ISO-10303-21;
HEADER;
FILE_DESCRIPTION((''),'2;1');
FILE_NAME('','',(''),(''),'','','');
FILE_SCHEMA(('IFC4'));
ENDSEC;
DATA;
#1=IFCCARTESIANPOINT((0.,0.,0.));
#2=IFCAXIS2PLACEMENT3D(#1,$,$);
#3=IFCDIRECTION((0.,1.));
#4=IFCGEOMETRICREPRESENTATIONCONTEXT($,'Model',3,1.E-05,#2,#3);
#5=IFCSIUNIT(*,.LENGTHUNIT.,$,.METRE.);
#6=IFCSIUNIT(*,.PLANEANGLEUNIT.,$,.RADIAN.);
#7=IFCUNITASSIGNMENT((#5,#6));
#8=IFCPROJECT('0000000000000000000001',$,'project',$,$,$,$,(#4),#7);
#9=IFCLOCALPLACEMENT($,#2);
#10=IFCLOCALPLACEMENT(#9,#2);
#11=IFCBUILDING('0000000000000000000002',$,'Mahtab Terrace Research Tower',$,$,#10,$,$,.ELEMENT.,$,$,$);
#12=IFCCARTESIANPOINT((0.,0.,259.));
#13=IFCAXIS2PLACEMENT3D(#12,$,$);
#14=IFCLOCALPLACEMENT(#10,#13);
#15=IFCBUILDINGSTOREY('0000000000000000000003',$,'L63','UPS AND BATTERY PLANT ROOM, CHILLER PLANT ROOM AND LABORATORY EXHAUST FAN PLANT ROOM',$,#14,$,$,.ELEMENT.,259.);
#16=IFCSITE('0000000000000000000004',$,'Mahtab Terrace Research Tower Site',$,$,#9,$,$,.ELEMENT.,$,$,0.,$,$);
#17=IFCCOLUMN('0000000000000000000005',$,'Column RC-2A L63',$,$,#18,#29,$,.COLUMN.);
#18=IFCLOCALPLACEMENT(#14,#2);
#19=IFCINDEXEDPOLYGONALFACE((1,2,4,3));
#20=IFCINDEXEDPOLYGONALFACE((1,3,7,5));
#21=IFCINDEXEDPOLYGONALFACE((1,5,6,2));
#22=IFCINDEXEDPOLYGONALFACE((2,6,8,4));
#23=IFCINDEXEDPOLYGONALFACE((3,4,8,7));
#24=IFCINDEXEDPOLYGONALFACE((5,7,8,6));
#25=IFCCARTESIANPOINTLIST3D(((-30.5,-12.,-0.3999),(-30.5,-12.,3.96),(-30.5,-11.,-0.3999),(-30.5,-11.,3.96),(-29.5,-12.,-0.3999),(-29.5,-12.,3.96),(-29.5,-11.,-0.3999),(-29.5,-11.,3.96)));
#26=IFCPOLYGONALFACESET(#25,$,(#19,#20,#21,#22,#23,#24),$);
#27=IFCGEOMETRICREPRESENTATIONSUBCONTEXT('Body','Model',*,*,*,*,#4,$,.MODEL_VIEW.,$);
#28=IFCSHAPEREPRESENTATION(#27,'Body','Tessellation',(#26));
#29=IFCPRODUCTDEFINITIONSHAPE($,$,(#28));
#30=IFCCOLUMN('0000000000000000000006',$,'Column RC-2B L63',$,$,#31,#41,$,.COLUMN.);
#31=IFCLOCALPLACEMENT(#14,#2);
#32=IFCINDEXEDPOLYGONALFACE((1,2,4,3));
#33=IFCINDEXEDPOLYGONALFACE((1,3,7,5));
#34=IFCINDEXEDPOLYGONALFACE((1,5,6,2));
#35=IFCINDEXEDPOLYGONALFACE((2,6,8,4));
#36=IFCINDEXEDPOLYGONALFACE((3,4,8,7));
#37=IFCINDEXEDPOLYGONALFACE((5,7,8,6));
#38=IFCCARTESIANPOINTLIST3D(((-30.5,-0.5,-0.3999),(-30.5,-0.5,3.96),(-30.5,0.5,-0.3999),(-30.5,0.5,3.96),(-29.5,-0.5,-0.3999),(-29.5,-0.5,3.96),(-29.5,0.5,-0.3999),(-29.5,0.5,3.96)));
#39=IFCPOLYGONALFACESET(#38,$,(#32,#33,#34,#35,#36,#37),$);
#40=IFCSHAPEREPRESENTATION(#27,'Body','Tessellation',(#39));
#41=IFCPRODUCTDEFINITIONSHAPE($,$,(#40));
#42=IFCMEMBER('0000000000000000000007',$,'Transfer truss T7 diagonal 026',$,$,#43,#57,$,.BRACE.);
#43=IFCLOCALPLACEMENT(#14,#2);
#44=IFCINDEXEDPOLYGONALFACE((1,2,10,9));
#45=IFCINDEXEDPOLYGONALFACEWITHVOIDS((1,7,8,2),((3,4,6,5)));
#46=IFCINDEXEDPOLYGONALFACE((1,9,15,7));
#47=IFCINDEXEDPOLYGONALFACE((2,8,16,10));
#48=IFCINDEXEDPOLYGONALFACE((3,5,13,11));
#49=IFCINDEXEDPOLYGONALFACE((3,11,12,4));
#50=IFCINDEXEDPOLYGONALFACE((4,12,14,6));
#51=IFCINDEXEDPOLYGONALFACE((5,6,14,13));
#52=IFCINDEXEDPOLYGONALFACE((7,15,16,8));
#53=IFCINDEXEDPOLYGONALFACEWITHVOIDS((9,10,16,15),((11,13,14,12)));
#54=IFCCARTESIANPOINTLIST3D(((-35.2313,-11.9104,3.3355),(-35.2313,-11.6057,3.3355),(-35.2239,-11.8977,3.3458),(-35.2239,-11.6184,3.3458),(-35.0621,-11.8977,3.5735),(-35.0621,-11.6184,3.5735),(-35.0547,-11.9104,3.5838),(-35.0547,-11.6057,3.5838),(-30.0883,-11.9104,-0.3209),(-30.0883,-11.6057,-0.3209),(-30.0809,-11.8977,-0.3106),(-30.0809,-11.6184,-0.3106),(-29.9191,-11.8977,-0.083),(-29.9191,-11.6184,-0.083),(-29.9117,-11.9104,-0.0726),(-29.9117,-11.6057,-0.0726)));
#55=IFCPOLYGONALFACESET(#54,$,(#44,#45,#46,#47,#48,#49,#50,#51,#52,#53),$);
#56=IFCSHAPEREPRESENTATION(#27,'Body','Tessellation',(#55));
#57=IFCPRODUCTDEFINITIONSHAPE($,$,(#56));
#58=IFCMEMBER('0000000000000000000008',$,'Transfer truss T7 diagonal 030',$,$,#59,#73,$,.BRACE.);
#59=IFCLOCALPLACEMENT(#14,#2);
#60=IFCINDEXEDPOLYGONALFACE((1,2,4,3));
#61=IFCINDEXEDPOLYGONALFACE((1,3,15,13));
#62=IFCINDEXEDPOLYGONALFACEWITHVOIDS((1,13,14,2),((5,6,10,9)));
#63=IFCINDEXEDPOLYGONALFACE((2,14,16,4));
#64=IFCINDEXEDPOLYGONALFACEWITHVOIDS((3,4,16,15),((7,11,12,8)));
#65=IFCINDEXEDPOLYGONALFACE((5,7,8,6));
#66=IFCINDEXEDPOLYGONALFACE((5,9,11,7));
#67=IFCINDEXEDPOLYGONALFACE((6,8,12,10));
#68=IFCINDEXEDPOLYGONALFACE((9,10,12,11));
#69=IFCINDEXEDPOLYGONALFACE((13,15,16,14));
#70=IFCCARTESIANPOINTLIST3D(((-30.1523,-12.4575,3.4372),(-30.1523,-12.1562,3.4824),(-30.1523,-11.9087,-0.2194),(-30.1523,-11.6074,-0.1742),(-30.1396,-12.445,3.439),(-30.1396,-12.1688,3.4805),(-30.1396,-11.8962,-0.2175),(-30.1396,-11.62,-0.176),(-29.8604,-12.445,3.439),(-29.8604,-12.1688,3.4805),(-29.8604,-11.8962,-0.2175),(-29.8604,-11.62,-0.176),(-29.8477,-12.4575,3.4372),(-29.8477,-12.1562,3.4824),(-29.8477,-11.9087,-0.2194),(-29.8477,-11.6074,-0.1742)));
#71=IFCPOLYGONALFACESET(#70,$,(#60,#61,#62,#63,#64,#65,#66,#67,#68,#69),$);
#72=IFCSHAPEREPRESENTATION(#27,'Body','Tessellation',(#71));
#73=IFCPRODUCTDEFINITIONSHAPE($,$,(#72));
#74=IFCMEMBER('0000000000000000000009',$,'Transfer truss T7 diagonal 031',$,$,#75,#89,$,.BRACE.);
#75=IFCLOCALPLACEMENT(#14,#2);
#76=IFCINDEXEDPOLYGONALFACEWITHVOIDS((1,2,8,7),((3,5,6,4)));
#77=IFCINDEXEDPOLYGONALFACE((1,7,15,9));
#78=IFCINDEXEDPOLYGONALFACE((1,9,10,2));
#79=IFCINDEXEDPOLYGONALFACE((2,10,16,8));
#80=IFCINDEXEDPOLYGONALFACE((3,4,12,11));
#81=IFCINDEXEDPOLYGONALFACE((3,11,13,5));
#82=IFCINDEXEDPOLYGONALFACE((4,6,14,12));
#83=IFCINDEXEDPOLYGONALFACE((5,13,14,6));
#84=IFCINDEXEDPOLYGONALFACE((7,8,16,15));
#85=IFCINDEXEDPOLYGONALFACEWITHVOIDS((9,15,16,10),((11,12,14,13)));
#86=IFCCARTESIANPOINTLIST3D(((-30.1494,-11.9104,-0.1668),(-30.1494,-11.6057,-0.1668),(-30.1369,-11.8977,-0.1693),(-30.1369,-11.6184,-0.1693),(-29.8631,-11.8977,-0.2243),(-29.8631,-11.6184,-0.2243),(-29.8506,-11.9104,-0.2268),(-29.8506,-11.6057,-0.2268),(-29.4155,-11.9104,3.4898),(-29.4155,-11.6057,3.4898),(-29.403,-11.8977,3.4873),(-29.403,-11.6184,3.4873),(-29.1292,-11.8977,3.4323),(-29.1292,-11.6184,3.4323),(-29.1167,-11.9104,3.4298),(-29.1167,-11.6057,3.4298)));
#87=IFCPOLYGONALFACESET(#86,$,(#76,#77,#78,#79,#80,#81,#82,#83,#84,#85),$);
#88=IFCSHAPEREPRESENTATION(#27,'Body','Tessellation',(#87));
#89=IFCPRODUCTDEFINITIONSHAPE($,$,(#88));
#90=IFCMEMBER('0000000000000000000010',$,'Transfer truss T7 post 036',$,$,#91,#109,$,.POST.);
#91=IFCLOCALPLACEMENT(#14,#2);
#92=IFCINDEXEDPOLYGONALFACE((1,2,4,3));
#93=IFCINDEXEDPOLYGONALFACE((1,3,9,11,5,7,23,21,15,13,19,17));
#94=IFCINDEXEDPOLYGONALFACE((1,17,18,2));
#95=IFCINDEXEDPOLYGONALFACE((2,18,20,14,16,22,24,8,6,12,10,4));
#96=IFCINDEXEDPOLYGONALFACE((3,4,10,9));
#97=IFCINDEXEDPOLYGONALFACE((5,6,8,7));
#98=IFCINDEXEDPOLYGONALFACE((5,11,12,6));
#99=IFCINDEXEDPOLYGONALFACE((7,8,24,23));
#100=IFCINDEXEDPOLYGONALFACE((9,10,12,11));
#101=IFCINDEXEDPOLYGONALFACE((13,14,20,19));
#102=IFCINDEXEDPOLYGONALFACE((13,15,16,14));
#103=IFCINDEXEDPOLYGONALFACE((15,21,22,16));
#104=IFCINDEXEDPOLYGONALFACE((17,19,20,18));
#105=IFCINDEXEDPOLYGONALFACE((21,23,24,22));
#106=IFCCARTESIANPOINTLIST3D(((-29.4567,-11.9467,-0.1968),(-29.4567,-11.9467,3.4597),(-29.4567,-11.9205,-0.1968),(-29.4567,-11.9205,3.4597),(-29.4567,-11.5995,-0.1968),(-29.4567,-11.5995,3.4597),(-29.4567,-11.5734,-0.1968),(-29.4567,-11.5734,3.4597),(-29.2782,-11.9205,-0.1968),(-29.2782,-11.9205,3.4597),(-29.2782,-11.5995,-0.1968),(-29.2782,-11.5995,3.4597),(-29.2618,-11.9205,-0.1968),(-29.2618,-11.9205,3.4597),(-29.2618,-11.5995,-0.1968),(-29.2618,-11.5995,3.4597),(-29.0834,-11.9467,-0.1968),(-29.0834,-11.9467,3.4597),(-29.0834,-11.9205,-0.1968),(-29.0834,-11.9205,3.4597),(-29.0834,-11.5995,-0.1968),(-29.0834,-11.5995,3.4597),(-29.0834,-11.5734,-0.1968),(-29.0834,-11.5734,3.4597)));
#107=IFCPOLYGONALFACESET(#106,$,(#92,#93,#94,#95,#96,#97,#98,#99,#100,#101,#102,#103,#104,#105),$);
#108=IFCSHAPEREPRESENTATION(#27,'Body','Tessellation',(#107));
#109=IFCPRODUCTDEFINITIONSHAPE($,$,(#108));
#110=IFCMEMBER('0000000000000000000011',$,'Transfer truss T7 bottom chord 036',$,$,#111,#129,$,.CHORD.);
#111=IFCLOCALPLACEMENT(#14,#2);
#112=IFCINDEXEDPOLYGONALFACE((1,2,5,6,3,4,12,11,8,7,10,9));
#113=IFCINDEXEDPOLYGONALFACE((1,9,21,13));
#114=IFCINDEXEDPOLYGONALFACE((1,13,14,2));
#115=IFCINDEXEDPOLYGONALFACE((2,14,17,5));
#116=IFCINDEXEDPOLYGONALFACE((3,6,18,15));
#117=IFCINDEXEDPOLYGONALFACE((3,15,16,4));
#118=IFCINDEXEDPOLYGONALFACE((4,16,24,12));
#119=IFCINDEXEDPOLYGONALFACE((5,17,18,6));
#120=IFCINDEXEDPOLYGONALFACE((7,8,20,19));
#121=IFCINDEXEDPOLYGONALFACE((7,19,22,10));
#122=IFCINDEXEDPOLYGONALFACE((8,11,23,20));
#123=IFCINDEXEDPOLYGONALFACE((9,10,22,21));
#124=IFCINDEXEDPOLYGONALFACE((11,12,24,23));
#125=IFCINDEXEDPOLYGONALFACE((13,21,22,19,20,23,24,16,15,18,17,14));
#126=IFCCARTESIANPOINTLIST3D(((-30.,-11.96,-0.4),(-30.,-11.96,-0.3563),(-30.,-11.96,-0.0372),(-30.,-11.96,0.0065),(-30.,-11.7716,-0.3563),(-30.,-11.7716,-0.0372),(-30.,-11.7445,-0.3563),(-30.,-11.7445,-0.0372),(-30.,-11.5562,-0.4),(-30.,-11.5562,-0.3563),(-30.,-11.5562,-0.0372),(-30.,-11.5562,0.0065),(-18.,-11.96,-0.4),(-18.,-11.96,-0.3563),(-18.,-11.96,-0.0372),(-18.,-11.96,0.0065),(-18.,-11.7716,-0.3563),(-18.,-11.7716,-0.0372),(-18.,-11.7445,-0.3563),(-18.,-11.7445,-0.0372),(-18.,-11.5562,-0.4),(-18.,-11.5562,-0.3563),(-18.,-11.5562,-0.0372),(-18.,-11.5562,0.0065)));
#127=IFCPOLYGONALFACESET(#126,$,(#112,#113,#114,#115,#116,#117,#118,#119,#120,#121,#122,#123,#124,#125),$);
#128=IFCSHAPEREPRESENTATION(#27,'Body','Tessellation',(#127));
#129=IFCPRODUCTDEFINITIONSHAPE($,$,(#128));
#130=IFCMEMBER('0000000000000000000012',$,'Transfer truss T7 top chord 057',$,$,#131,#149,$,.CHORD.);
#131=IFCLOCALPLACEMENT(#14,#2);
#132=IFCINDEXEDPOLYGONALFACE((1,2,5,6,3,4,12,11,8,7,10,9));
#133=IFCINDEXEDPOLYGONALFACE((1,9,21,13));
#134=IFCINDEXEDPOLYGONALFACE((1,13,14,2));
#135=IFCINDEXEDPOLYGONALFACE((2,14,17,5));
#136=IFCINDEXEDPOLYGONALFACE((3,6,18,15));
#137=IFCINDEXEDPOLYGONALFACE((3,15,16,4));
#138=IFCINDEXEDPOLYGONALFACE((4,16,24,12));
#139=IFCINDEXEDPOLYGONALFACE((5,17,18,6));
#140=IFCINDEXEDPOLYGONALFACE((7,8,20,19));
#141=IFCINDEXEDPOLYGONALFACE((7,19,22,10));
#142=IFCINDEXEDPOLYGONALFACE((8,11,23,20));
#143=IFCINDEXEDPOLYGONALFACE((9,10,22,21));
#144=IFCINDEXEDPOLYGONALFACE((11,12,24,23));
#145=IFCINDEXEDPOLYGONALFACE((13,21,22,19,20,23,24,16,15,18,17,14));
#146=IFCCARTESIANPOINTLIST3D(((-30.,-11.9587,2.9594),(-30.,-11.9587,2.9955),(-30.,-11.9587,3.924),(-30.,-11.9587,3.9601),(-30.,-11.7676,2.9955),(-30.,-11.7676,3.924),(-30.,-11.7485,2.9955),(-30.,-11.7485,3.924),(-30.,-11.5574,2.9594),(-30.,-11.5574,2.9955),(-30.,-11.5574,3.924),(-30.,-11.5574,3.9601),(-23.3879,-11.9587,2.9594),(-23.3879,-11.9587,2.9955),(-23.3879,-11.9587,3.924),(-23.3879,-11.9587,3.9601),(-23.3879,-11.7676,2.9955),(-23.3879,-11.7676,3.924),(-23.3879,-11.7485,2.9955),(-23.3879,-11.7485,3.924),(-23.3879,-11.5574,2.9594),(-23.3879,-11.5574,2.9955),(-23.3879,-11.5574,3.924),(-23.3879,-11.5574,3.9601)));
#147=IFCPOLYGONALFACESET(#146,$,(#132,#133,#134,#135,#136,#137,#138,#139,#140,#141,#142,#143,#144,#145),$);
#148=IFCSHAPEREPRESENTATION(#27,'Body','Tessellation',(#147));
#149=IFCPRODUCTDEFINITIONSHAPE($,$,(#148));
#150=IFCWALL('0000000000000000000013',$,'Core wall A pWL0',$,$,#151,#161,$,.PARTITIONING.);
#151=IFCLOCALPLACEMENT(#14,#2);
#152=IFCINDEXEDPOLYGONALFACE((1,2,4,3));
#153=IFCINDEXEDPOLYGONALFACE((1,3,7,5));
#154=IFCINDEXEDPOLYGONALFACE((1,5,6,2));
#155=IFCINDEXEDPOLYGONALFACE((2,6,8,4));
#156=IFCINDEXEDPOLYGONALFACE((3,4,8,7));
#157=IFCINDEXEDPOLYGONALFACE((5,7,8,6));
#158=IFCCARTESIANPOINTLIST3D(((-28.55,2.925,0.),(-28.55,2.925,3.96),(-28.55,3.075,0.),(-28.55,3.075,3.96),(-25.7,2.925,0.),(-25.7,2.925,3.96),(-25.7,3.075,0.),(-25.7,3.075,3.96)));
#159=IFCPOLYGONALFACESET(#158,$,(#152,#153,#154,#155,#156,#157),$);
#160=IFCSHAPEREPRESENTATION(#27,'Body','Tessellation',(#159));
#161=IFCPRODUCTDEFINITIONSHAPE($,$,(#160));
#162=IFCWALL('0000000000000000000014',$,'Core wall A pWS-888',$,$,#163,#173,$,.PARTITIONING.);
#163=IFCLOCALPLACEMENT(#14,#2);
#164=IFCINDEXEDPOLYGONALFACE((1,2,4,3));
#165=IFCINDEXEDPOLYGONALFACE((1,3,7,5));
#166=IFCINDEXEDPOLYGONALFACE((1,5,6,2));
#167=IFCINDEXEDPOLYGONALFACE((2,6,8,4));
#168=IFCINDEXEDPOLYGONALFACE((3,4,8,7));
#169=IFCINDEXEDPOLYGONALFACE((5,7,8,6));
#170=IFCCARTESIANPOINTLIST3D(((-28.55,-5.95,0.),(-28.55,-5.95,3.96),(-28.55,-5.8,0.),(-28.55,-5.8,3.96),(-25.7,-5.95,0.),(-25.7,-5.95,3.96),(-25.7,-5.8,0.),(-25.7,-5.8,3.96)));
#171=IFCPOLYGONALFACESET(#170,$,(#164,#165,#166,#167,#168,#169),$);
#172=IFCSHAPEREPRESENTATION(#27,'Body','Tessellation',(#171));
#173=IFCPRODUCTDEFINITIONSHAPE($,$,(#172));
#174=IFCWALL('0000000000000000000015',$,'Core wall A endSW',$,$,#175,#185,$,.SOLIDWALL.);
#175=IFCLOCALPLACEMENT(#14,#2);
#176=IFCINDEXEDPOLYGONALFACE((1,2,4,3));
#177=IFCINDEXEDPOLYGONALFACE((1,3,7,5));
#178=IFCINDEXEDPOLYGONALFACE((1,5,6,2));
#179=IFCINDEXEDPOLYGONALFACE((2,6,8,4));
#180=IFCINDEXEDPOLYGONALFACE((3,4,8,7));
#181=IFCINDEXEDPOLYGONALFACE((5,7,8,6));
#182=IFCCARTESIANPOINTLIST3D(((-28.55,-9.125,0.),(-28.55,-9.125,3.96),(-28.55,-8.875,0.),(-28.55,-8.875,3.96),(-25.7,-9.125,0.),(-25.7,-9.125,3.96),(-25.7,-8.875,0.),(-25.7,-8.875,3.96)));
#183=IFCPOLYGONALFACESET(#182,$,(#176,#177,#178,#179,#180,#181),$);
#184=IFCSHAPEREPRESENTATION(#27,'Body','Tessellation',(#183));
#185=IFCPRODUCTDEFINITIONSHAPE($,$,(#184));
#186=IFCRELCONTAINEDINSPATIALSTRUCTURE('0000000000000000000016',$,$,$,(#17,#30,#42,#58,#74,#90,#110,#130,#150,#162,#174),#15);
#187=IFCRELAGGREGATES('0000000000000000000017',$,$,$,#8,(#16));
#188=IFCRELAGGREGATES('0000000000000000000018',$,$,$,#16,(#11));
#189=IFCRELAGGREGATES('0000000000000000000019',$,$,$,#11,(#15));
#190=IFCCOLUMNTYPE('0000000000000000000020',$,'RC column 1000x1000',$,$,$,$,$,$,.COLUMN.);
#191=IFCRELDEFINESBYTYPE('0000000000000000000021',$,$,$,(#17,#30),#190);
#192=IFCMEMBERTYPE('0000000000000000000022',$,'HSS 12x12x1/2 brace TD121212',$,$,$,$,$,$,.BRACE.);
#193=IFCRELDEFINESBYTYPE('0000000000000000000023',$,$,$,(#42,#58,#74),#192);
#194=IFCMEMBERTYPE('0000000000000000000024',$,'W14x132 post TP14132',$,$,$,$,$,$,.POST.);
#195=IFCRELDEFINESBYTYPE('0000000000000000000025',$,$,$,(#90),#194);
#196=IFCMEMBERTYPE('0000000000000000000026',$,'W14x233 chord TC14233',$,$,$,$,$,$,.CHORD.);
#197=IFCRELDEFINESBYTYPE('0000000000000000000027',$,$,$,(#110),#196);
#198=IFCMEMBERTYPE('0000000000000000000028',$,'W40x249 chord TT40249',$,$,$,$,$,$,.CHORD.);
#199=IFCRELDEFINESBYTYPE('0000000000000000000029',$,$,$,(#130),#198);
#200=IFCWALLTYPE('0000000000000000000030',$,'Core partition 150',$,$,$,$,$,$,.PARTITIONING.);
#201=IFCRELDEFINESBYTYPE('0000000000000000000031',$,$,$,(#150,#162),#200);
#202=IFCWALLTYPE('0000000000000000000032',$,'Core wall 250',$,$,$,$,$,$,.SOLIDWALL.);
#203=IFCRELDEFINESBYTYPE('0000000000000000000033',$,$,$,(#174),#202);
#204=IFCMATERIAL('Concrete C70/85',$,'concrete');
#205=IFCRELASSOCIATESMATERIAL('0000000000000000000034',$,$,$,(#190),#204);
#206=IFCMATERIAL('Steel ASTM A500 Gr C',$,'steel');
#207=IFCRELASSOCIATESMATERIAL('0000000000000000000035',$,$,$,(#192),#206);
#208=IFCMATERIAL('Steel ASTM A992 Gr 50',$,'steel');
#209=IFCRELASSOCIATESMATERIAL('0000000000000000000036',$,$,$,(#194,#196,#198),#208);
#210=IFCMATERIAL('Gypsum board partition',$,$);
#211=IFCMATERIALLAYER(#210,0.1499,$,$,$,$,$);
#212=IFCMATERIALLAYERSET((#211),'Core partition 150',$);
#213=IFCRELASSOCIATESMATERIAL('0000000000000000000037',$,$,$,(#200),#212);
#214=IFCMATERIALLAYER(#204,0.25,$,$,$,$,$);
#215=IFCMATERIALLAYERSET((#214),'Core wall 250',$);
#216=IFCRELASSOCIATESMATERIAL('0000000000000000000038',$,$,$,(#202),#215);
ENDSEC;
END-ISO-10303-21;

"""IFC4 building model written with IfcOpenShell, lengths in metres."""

from ifc_helpers import new_model, si_unit, direction, frame, frame_2d, origin, origin_2d, place, context, subcontext, project, spatial, rectangle, hollow_rectangle, i_section, extrude, material, layer, layer_set, material_profile, profile_set, type_object, element, save


model = new_model("IFC4")

# Units and contexts
model_context = context("Model", 3, precision=1e-05, world=origin(), true_north=direction((0.0, 1.0)))
body_context = subcontext(model_context, "Body", "Model", "MODEL_VIEW")
ifc_project = project(units=[si_unit("LENGTHUNIT", "METRE"), si_unit("PLANEANGLEUNIT", "RADIAN")], contexts=[model_context])

# Site, building, storey
site_placement = place(None, origin())
site = spatial("IfcSite", under=ifc_project, at=site_placement, Name="Mahtab Terrace Research Tower Site", CompositionType="ELEMENT", RefElevation=0.0)
building_placement = place(site_placement, origin())
building = spatial("IfcBuilding", under=site, at=building_placement, Name="Mahtab Terrace Research Tower", CompositionType="ELEMENT")
storey_placement = place(building_placement, frame((0.0, 0.0, 259.0)))
storey = spatial("IfcBuildingStorey", under=building, at=storey_placement, Name="L63", Description="UPS AND BATTERY PLANT ROOM, CHILLER PLANT ROOM AND LABORATORY EXHAUST FAN PLANT ROOM", CompositionType="ELEMENT", Elevation=259.0)

# Columns
ifc_material_1 = material(Name="Concrete C70/85", Category="concrete")
ifc_material_profile_1 = material_profile(ifc_material_1, rectangle(XDim=1.0, YDim=1.0, at=origin_2d()), Name="RC column 1000x1000")
ifc_profile_set_1 = profile_set([ifc_material_profile_1], Name="Concrete C70/85")
column_type = type_object("IfcColumnType", Name="RC column 1000x1000", PredefinedType="COLUMN", material=ifc_profile_set_1)
for number, where, z_axis, x_axis, name in (
    (1, (-30.0, -11.5, -0.3999), (0.0, 0.0, 1.0), (1.0, 0.0, 0.0), "Column RC-2A L63"),
    (2, (-30.0, 0.0, -0.3999), (0.0, 0.0, 1.0), (1.0, 0.0, 0.0), "Column RC-2B L63"),
):
    element("IfcColumn", number, at=place(storey_placement, frame(where, z_axis=z_axis, x_axis=x_axis)), inside=storey, type_object=column_type, Name=name, PredefinedType="COLUMN", context=body_context, shape_type="SweptSolid", body=[
        extrude(rectangle(XDim=1.0, YDim=1.0, at=origin_2d()), origin(), (0.0, 0.0, 1.0), 4.3599),
    ])

# Members
ifc_material_2 = material(Name="Steel ASTM A500 Gr C", Category="steel")
ifc_material_profile_2 = material_profile(ifc_material_2, hollow_rectangle(XDim=0.3047, YDim=0.3047, WallThickness=0.0127, at=origin_2d()), Name="HSS12X12X1/2")
ifc_profile_set_2 = profile_set([ifc_material_profile_2], Name="Steel ASTM A500 Gr C")
member_type_1 = type_object("IfcMemberType", Name="HSS 12x12x1/2 brace TD121212", PredefinedType="BRACE", material=ifc_profile_set_2)
member_1_placement = place(storey_placement, frame((-30.0, -11.7581, -0.1968), z_axis=(-0.815015, 0.0, 0.57944), x_axis=(0.0, -1.0, 0.0)))
element("IfcMember", 3, at=member_1_placement, inside=storey, type_object=member_type_1, Name="Transfer truss T7 diagonal 026", PredefinedType="BRACE", context=body_context, shape_type="SweptSolid", body=[
    extrude(hollow_rectangle(XDim=0.3047, YDim=0.3047, WallThickness=0.0127, at=origin_2d()), origin(), (0.0, 0.0, 1.0), 6.3103),
])
member_2_placement = place(storey_placement, frame((-30.0, -11.7581, -0.1968), z_axis=(0.0, -0.148434, 0.988922), x_axis=(1.0, 0.0, 0.0)))
element("IfcMember", 4, at=member_2_placement, inside=storey, type_object=member_type_1, Name="Transfer truss T7 diagonal 030", PredefinedType="BRACE", context=body_context, shape_type="SweptSolid", body=[
    extrude(hollow_rectangle(XDim=0.3047, YDim=0.3047, WallThickness=0.0127, at=origin_2d()), origin(), (0.0, 0.0, 1.0), 3.6975),
])
member_3_placement = place(storey_placement, frame((-30.0, -11.7581, -0.1968), z_axis=(0.196783, 0.0, 0.980447), x_axis=(0.0, 1.0, 0.0)))
element("IfcMember", 5, at=member_3_placement, inside=storey, type_object=member_type_1, Name="Transfer truss T7 diagonal 031", PredefinedType="BRACE", context=body_context, shape_type="SweptSolid", body=[
    extrude(hollow_rectangle(XDim=0.3047, YDim=0.3047, WallThickness=0.0127, at=origin_2d()), origin(), (0.0, 0.0, 1.0), 3.7295),
])
ifc_material_3 = material(Name="Steel ASTM A992 Gr 50", Category="steel")
ifc_material_profile_3 = material_profile(ifc_material_3, i_section(OverallWidth=0.3733, OverallDepth=0.3733, WebThickness=0.0164, FlangeThickness=0.0261, at=origin_2d()), Name="W14X132")
ifc_profile_set_3 = profile_set([ifc_material_profile_3], Name="Steel ASTM A992 Gr 50")
member_type_2 = type_object("IfcMemberType", Name="W14x132 post TP14132", PredefinedType="POST", material=ifc_profile_set_3)
member_4_placement = place(storey_placement, frame((-29.27, -11.76, -0.1968), z_axis=(0.0, 0.0, 1.0), x_axis=(1.0, 0.0, 0.0)))
element("IfcMember", 6, at=member_4_placement, inside=storey, type_object=member_type_2, Name="Transfer truss T7 post 036", PredefinedType="POST", context=body_context, shape_type="SweptSolid", body=[
    extrude(i_section(OverallWidth=0.3733, OverallDepth=0.3733, WebThickness=0.0164, FlangeThickness=0.0261, at=origin_2d()), origin(), (0.0, 0.0, 1.0), 3.6565),
])
ifc_material_profile_4 = material_profile(ifc_material_3, i_section(OverallWidth=0.4038, OverallDepth=0.4065, WebThickness=0.0271, FlangeThickness=0.0437, at=origin_2d()), Name="W14X233")
ifc_profile_set_4 = profile_set([ifc_material_profile_4], Name="Steel ASTM A992 Gr 50")
member_type_3 = type_object("IfcMemberType", Name="W14x233 chord TC14233", PredefinedType="CHORD", material=ifc_profile_set_4)
member_5_placement = place(storey_placement, frame((-30.0, -11.7581, -0.1968), z_axis=(1.0, 0.0, 0.0), x_axis=(0.0, 1.0, 0.0)))
element("IfcMember", 7, at=member_5_placement, inside=storey, type_object=member_type_3, Name="Transfer truss T7 bottom chord 036", PredefinedType="CHORD", context=body_context, shape_type="SweptSolid", body=[
    extrude(i_section(OverallWidth=0.4038, OverallDepth=0.4065, WebThickness=0.0271, FlangeThickness=0.0437, at=origin_2d()), origin(), (0.0, 0.0, 1.0), 12.0),
])
ifc_material_profile_5 = material_profile(ifc_material_3, i_section(OverallWidth=0.4014, OverallDepth=1.0007, WebThickness=0.019, FlangeThickness=0.0361, at=origin_2d()), Name="W40X249")
ifc_profile_set_5 = profile_set([ifc_material_profile_5], Name="Steel ASTM A992 Gr 50")
member_type_4 = type_object("IfcMemberType", Name="W40x249 chord TT40249", PredefinedType="CHORD", material=ifc_profile_set_5)
member_6_placement = place(storey_placement, frame((-30.0, -11.7581, 3.4597), z_axis=(1.0, 0.0, 0.0), x_axis=(0.0, 1.0, 0.0)))
element("IfcMember", 8, at=member_6_placement, inside=storey, type_object=member_type_4, Name="Transfer truss T7 top chord 057", PredefinedType="CHORD", context=body_context, shape_type="SweptSolid", body=[
    extrude(i_section(OverallWidth=0.4014, OverallDepth=1.0007, WebThickness=0.019, FlangeThickness=0.0361, at=origin_2d()), origin(), (0.0, 0.0, 1.0), 6.6121),
])

# Walls
ifc_material_4 = material(Name="Gypsum board partition")
ifc_layer_1 = layer(ifc_material_4, 0.1499)
ifc_layer_set_1 = layer_set([ifc_layer_1], Name="Core partition 150")
wall_type_1 = type_object("IfcWallType", Name="Core partition 150", PredefinedType="PARTITIONING", material=ifc_layer_set_1)
for number, where, z_axis, x_axis, name in (
    (9, (-28.55, 3.0, 0.0), (0.0, 0.0, 1.0), (1.0, 0.0, 0.0), "Core wall A pWL0"),
    (10, (-28.55, -5.875, 0.0), (0.0, 0.0, 1.0), (1.0, 0.0, 0.0), "Core wall A pWS-888"),
):
    element("IfcWall", number, at=place(storey_placement, frame(where, z_axis=z_axis, x_axis=x_axis)), inside=storey, type_object=wall_type_1, Name=name, PredefinedType="PARTITIONING", context=body_context, shape_type="SweptSolid", body=[
        extrude(rectangle(XDim=2.8501, YDim=0.1499, at=frame_2d((1.425, 0.0))), origin(), (0.0, 0.0, 1.0), 3.96),
    ])
ifc_layer_2 = layer(ifc_material_1, 0.25)
ifc_layer_set_2 = layer_set([ifc_layer_2], Name="Core wall 250")
wall_type_2 = type_object("IfcWallType", Name="Core wall 250", PredefinedType="SOLIDWALL", material=ifc_layer_set_2)
wall_1_placement = place(storey_placement, frame((-25.7, -9.0, 0.0), z_axis=(0.0, 0.0, 1.0), x_axis=(-1.0, 0.0, 0.0)))
element("IfcWall", 11, at=wall_1_placement, inside=storey, type_object=wall_type_2, Name="Core wall A endSW", PredefinedType="SOLIDWALL", context=body_context, shape_type="SweptSolid", body=[
    extrude(rectangle(XDim=2.8501, YDim=0.25, at=frame_2d((1.425, 0.0))), origin(), (0.0, 0.0, 1.0), 3.96),
])

save(model, "model.ifc")
